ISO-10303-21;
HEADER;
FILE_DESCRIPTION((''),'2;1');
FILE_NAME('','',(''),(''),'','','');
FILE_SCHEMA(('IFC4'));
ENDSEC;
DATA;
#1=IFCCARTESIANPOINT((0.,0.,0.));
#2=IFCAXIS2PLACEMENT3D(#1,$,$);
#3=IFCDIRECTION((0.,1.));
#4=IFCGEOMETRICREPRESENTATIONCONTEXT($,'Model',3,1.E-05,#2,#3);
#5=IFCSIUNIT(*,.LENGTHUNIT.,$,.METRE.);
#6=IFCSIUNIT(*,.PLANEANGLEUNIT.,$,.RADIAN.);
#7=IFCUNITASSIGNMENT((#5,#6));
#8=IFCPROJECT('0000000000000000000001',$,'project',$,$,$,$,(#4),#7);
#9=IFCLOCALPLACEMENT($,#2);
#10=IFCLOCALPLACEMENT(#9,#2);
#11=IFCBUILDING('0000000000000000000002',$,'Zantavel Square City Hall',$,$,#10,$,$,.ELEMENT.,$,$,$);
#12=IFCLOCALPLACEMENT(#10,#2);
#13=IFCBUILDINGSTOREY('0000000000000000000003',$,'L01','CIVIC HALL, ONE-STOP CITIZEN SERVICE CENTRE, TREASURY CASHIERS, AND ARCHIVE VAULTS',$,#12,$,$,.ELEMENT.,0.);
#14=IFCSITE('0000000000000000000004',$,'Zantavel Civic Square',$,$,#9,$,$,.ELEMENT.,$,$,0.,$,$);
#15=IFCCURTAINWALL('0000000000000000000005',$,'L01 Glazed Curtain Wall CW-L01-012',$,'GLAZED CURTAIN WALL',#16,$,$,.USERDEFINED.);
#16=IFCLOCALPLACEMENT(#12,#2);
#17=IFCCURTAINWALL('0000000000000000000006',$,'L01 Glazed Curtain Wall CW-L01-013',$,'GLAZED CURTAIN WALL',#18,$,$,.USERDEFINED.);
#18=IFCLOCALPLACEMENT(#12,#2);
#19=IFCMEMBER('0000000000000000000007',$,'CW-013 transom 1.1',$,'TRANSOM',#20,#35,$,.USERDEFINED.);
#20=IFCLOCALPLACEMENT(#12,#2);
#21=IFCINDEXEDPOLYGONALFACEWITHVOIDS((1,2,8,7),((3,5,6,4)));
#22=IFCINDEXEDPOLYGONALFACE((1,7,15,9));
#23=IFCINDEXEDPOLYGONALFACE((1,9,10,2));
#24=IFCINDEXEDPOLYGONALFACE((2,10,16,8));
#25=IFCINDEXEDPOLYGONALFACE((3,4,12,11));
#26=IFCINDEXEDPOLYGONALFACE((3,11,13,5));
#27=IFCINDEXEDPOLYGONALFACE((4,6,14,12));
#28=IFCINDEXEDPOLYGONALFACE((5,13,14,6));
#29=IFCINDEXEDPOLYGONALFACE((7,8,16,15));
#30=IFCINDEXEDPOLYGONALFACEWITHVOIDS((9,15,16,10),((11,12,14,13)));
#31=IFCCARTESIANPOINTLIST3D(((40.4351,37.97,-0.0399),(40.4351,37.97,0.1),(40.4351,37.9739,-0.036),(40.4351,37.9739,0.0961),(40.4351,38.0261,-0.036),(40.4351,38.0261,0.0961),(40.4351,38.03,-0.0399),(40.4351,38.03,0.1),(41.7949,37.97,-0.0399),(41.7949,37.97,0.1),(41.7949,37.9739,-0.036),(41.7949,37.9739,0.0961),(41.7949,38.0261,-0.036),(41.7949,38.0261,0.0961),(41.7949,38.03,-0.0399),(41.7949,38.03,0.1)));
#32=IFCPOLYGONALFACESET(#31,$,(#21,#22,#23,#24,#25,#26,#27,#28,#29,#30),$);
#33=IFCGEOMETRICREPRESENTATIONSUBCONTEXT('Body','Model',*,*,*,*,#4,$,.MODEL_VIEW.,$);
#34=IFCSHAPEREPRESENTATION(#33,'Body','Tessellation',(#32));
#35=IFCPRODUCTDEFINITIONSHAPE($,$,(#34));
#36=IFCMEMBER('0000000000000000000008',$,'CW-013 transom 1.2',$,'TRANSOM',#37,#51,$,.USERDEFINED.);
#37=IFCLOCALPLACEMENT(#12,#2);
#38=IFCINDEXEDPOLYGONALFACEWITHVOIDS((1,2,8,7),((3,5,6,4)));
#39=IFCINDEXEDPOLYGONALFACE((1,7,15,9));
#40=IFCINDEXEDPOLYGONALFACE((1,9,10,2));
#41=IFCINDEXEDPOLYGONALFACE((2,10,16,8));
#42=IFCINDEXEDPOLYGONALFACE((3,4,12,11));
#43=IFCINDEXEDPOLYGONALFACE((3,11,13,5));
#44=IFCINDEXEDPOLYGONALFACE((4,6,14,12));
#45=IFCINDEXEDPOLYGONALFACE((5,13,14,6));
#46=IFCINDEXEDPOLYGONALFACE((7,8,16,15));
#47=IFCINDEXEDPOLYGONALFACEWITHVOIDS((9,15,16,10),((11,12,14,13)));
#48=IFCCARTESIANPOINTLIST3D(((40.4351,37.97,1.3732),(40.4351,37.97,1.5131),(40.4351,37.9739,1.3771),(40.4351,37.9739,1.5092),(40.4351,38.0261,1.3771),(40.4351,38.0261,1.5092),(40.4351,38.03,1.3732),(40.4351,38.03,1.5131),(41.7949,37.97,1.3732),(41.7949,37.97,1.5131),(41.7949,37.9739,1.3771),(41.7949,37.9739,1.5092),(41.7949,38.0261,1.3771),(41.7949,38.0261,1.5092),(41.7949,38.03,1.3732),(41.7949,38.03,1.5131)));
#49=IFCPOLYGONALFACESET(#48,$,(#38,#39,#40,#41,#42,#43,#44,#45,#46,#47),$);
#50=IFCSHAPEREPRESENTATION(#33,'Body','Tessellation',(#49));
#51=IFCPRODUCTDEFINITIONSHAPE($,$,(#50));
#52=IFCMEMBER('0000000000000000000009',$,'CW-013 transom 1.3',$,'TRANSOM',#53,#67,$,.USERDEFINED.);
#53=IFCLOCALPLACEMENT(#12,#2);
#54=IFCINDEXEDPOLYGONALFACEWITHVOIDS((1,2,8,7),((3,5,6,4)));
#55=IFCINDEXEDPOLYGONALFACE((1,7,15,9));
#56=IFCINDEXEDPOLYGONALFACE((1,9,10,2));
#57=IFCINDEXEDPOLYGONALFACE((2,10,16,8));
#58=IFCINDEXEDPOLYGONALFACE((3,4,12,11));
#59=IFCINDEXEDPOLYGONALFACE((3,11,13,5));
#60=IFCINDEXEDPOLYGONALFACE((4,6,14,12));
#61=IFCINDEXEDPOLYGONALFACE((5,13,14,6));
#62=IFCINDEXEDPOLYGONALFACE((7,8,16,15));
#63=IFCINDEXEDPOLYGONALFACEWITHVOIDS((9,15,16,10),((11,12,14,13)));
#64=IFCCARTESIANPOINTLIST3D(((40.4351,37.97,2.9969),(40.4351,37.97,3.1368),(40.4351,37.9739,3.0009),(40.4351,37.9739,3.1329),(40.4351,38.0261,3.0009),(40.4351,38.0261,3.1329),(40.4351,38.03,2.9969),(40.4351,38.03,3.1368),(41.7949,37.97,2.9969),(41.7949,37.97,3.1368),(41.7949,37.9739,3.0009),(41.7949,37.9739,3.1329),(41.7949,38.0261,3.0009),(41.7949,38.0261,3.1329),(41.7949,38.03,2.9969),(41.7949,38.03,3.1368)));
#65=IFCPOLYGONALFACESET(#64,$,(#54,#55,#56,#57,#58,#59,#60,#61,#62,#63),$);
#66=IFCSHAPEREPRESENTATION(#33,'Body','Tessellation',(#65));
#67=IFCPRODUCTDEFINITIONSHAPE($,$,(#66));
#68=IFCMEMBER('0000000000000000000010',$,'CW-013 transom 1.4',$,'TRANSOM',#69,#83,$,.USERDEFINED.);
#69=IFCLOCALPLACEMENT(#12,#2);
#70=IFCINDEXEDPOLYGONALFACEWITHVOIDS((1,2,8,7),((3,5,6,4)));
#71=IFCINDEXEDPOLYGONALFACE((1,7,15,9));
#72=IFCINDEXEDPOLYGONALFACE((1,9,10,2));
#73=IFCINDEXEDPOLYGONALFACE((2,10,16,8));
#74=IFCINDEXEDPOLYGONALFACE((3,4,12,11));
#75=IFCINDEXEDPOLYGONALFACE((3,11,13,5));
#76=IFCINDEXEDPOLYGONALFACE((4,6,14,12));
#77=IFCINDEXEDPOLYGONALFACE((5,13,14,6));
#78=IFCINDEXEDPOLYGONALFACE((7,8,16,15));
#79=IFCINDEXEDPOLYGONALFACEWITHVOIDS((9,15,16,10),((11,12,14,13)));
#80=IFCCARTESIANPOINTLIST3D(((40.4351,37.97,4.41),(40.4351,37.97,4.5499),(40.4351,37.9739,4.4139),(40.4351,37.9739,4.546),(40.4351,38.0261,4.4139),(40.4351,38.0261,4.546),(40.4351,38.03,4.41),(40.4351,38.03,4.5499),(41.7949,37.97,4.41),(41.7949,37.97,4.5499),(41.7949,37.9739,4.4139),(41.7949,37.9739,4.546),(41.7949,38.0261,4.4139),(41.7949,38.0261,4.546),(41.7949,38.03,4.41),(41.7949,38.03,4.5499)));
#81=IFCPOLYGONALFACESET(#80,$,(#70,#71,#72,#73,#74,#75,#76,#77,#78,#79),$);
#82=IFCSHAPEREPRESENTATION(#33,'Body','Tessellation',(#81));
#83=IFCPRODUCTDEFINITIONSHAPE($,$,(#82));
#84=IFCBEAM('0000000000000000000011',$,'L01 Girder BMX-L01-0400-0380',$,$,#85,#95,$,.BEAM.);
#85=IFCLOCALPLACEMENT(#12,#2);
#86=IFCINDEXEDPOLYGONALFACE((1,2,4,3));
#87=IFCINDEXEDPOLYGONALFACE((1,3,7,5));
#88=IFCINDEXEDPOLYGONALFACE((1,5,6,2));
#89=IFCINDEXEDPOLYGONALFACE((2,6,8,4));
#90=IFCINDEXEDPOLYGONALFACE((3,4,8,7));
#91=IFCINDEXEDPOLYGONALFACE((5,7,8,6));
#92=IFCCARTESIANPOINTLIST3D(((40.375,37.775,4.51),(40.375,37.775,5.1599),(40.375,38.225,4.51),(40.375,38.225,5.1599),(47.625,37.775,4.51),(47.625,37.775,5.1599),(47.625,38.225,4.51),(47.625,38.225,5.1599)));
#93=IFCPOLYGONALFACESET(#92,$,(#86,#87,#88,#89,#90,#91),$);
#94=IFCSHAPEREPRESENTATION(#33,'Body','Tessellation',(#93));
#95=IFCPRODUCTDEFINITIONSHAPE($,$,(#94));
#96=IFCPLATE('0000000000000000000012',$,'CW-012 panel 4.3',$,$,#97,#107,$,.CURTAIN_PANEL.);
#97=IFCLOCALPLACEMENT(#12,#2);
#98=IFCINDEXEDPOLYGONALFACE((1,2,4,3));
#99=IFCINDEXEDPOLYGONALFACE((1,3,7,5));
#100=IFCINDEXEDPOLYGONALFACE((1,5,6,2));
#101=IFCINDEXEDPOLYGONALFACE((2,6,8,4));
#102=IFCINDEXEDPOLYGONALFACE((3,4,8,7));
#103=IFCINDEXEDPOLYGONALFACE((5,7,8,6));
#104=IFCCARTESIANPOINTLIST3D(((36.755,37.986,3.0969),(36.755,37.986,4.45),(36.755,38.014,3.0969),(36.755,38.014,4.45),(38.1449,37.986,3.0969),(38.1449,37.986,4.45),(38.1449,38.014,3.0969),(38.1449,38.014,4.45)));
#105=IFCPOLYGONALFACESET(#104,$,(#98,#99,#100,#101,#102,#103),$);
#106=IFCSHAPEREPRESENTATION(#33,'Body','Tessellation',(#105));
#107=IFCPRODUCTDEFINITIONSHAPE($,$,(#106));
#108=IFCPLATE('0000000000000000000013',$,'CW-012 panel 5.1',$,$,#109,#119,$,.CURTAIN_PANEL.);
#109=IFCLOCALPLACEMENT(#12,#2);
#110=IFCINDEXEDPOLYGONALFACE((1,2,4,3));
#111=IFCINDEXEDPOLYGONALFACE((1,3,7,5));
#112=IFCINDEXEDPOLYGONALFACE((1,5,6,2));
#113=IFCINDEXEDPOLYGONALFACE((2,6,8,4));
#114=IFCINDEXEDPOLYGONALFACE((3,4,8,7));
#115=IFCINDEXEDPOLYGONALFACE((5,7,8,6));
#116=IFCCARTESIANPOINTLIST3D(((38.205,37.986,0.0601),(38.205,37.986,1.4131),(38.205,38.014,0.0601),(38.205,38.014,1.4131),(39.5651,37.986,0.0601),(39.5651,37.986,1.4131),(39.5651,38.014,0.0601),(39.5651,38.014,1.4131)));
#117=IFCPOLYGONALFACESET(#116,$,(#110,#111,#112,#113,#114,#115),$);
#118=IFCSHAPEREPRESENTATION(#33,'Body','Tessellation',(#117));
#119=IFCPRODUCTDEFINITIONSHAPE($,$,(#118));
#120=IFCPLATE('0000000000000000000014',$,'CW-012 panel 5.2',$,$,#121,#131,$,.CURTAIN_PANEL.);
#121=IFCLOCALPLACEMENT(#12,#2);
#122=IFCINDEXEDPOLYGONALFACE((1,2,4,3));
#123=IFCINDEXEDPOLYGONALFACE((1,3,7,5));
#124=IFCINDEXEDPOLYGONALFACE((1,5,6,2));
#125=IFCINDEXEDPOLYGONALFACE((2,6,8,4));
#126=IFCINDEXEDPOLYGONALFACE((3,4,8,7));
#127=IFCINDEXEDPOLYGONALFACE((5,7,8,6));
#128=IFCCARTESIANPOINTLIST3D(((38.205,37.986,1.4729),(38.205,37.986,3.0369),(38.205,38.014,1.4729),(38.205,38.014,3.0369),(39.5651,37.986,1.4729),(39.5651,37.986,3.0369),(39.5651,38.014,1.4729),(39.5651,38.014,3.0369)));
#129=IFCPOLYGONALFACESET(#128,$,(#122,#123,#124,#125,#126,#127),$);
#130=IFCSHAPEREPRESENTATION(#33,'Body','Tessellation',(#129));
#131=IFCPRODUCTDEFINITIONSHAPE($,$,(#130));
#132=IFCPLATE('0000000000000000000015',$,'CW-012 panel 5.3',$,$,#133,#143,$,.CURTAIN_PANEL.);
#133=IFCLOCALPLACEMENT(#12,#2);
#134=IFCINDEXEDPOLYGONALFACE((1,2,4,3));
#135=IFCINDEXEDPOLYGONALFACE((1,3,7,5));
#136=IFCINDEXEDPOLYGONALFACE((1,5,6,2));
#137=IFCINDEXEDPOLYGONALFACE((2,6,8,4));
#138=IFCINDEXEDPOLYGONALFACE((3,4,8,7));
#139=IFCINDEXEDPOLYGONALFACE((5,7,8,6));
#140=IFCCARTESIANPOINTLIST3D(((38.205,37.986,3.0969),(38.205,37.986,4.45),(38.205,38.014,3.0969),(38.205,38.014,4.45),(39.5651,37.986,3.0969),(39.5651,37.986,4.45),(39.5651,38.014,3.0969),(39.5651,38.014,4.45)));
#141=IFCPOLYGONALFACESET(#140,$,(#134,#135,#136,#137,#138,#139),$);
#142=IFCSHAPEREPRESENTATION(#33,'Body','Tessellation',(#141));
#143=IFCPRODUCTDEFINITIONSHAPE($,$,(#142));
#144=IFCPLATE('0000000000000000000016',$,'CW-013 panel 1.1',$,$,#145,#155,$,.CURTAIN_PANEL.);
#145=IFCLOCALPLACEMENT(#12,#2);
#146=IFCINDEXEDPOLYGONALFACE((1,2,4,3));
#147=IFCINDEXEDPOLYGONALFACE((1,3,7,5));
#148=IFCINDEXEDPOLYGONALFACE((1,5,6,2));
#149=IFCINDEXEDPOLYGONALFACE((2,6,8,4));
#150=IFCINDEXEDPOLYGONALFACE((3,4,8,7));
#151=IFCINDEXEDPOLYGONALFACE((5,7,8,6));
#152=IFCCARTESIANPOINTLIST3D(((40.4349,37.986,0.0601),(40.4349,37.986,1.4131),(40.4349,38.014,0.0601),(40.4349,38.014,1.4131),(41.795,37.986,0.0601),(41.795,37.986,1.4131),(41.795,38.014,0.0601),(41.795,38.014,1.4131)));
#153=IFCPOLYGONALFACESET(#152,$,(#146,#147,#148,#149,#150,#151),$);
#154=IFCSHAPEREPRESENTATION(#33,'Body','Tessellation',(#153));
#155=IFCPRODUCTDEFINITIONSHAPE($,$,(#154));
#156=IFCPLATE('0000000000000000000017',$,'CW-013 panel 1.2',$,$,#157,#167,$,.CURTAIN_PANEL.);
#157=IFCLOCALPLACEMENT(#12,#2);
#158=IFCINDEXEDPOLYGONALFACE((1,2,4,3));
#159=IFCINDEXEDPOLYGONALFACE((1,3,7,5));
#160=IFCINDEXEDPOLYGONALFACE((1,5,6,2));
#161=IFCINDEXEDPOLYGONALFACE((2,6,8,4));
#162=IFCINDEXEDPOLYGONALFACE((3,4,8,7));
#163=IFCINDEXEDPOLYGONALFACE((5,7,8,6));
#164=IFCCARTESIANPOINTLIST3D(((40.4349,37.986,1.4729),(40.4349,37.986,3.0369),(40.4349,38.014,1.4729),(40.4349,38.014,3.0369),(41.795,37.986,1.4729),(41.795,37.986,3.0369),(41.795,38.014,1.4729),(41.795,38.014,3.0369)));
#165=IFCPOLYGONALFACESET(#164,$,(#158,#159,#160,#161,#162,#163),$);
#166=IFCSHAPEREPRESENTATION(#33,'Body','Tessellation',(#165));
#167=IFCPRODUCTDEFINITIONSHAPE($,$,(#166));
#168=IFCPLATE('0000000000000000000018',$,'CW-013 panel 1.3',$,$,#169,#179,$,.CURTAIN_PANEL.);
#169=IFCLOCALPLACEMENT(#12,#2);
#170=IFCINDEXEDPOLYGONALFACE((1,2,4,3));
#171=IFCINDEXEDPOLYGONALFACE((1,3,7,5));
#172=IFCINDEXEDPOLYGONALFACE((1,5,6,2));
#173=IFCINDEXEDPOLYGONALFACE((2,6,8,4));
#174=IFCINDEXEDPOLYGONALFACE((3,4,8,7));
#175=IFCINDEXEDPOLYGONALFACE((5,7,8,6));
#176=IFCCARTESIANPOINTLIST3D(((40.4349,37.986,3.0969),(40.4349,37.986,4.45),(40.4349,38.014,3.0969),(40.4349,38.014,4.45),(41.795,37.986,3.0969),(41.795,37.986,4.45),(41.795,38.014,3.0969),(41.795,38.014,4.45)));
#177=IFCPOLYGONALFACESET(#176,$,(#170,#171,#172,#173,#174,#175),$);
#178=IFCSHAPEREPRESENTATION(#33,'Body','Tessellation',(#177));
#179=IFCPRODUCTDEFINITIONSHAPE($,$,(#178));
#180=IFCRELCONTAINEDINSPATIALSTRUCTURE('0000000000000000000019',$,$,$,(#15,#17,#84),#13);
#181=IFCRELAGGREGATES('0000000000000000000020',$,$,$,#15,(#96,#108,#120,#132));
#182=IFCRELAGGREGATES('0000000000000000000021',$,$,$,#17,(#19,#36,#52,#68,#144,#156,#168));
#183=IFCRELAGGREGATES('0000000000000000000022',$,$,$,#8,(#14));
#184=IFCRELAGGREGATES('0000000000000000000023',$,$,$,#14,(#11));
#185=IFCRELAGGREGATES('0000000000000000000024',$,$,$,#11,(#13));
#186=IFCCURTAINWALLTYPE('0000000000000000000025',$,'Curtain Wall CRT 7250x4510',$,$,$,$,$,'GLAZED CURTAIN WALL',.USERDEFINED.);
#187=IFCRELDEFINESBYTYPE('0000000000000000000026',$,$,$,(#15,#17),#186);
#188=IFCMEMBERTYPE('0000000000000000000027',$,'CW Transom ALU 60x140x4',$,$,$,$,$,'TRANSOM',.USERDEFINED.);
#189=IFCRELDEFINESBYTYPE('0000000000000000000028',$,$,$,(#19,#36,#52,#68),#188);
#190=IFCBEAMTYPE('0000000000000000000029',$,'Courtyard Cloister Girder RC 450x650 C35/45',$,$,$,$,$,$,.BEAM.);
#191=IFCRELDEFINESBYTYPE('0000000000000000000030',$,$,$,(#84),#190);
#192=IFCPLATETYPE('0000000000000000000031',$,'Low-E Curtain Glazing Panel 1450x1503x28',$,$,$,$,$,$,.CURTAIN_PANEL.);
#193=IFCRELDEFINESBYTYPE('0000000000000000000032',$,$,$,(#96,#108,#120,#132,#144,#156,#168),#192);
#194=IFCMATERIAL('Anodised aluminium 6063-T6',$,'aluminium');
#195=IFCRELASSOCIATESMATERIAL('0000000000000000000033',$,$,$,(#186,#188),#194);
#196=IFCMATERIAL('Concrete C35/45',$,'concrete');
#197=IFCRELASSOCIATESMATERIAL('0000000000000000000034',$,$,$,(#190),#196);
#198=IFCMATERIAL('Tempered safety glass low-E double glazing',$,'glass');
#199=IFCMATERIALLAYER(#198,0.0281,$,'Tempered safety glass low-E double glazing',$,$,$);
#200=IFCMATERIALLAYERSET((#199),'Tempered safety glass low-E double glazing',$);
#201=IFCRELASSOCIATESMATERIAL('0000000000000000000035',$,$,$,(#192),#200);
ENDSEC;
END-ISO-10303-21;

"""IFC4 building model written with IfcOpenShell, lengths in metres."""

from ifc_helpers import new_model, si_unit, direction, frame, origin, origin_2d, place, context, subcontext, project, spatial, rectangle, hollow_rectangle, extrude, material, layer, layer_set, material_profile, profile_set, type_object, element, aggregate, save


model = new_model("IFC4")

# Units and contexts
model_context = context("Model", 3, precision=1e-05, world=origin(), true_north=direction((0.0, 1.0)))
body_context = subcontext(model_context, "Body", "Model", "MODEL_VIEW")
ifc_project = project(units=[si_unit("LENGTHUNIT", "METRE"), si_unit("PLANEANGLEUNIT", "RADIAN")], contexts=[model_context])

# Site, building, storey
site_placement = place(None, origin())
site = spatial("IfcSite", under=ifc_project, at=site_placement, Name="Zantavel Civic Square", CompositionType="ELEMENT", RefElevation=0.0)
building_placement = place(site_placement, origin())
building = spatial("IfcBuilding", under=site, at=building_placement, Name="Zantavel Square City Hall", CompositionType="ELEMENT")
storey_placement = place(building_placement, origin())
storey = spatial("IfcBuildingStorey", under=building, at=storey_placement, Name="L01", Description="CIVIC HALL, ONE-STOP CITIZEN SERVICE CENTRE, TREASURY CASHIERS, AND ARCHIVE VAULTS", CompositionType="ELEMENT", Elevation=0.0)

# Curtain walls
ifc_material_1 = material(Name="Anodised aluminium 6063-T6", Category="aluminium")
curtain_wall_type = type_object("IfcCurtainWallType", Name="Curtain Wall CRT 7250x4510", ElementType="GLAZED CURTAIN WALL", PredefinedType="USERDEFINED", material=ifc_material_1)
curtain_wall_1_placement = place(storey_placement, origin())
curtain_wall_1 = element("IfcCurtainWall", 1, at=curtain_wall_1_placement, inside=storey, type_object=curtain_wall_type, Name="L01 Glazed Curtain Wall CW-L01-012", ObjectType="GLAZED CURTAIN WALL", PredefinedType="USERDEFINED")
curtain_wall_2_placement = place(storey_placement, origin())
curtain_wall_2 = element("IfcCurtainWall", 2, at=curtain_wall_2_placement, inside=storey, type_object=curtain_wall_type, Name="L01 Glazed Curtain Wall CW-L01-013", ObjectType="GLAZED CURTAIN WALL", PredefinedType="USERDEFINED")

# Members
ifc_material_profile_1 = material_profile(ifc_material_1, hollow_rectangle(XDim=0.0601, YDim=0.1399, WallThickness=0.0039, at=origin_2d()), Name="ALU 60x140x4")
ifc_profile_set_1 = profile_set([ifc_material_profile_1], Name="Anodised aluminium 6063-T6")
member_type_1 = type_object("IfcMemberType", Name="CW Transom ALU 60x140x4", ElementType="TRANSOM", PredefinedType="USERDEFINED", material=ifc_profile_set_1)
member_1_placement = place(storey_placement, frame((40.4351, 38.0, 0.03), z_axis=(1.0, 0.0, 0.0), x_axis=(0.0, 1.0, 0.0)))
member_1 = element("IfcMember", 3, at=member_1_placement, type_object=member_type_1, Name="CW-013 transom 1.1", ObjectType="TRANSOM", PredefinedType="USERDEFINED", context=body_context, shape_type="SweptSolid", body=[
    extrude(hollow_rectangle(XDim=0.0601, YDim=0.1399, WallThickness=0.0039, at=origin_2d()), origin(), (0.0, 0.0, 1.0), 1.3599),
])
member_2_placement = place(storey_placement, frame((40.4351, 38.0, 1.4431), z_axis=(1.0, 0.0, 0.0), x_axis=(0.0, 1.0, 0.0)))
member_2 = element("IfcMember", 4, at=member_2_placement, type_object=member_type_1, Name="CW-013 transom 1.2", ObjectType="TRANSOM", PredefinedType="USERDEFINED", context=body_context, shape_type="SweptSolid", body=[
    extrude(hollow_rectangle(XDim=0.0601, YDim=0.1399, WallThickness=0.0039, at=origin_2d()), origin(), (0.0, 0.0, 1.0), 1.3599),
])
member_3_placement = place(storey_placement, frame((40.4351, 38.0, 3.0669), z_axis=(1.0, 0.0, 0.0), x_axis=(0.0, 1.0, 0.0)))
member_3 = element("IfcMember", 5, at=member_3_placement, type_object=member_type_1, Name="CW-013 transom 1.3", ObjectType="TRANSOM", PredefinedType="USERDEFINED", context=body_context, shape_type="SweptSolid", body=[
    extrude(hollow_rectangle(XDim=0.0601, YDim=0.1399, WallThickness=0.0039, at=origin_2d()), origin(), (0.0, 0.0, 1.0), 1.3599),
])
member_4_placement = place(storey_placement, frame((40.4351, 38.0, 4.48), z_axis=(1.0, 0.0, 0.0), x_axis=(0.0, 1.0, 0.0)))
member_4 = element("IfcMember", 6, at=member_4_placement, type_object=member_type_1, Name="CW-013 transom 1.4", ObjectType="TRANSOM", PredefinedType="USERDEFINED", context=body_context, shape_type="SweptSolid", body=[
    extrude(hollow_rectangle(XDim=0.0601, YDim=0.1399, WallThickness=0.0039, at=origin_2d()), origin(), (0.0, 0.0, 1.0), 1.3599),
])

# Beam
ifc_material_2 = material(Name="Concrete C35/45", Category="concrete")
ifc_material_profile_2 = material_profile(ifc_material_2, rectangle(XDim=0.45, YDim=0.6499, at=origin_2d()), Name="RC 450x650")
ifc_profile_set_2 = profile_set([ifc_material_profile_2], Name="Concrete C35/45")
beam_type = type_object("IfcBeamType", Name="Courtyard Cloister Girder RC 450x650 C35/45", PredefinedType="BEAM", material=ifc_profile_set_2)
beam_placement = place(storey_placement, frame((40.375, 38.0, 4.835), z_axis=(1.0, 0.0, 0.0), x_axis=(0.0, 1.0, 0.0)))
element("IfcBeam", 7, at=beam_placement, inside=storey, type_object=beam_type, Name="L01 Girder BMX-L01-0400-0380", PredefinedType="BEAM", context=body_context, shape_type="SweptSolid", body=[
    extrude(rectangle(XDim=0.45, YDim=0.6499, at=origin_2d()), origin(), (0.0, 0.0, 1.0), 7.25),
])

# Plates
ifc_material_3 = material(Name="Tempered safety glass low-E double glazing", Category="glass")
ifc_layer = layer(ifc_material_3, 0.0281, Name="Tempered safety glass low-E double glazing")
ifc_layer_set = layer_set([ifc_layer], Name="Tempered safety glass low-E double glazing")
plate_type = type_object("IfcPlateType", Name="Low-E Curtain Glazing Panel 1450x1503x28", PredefinedType="CURTAIN_PANEL", material=ifc_layer_set)
plate_1_placement = place(storey_placement, frame((37.45, 38.0, 3.0969), z_axis=(0.0, 0.0, 1.0), x_axis=(1.0, 0.0, 0.0)))
plate_1 = element("IfcPlate", 8, at=plate_1_placement, type_object=plate_type, Name="CW-012 panel 4.3", PredefinedType="CURTAIN_PANEL", context=body_context, shape_type="SweptSolid", body=[
    extrude(rectangle(XDim=1.3899, YDim=0.0281, at=origin_2d()), origin(), (0.0, 0.0, 1.0), 1.353),
])
plate_2_placement = place(storey_placement, frame((38.885, 38.0, 0.0601), z_axis=(0.0, 0.0, 1.0), x_axis=(1.0, 0.0, 0.0)))
plate_2 = element("IfcPlate", 9, at=plate_2_placement, type_object=plate_type, Name="CW-012 panel 5.1", PredefinedType="CURTAIN_PANEL", context=body_context, shape_type="SweptSolid", body=[
    extrude(rectangle(XDim=1.3601, YDim=0.0281, at=origin_2d()), origin(), (0.0, 0.0, 1.0), 1.353),
])
plate_3_placement = place(storey_placement, frame((38.885, 38.0, 1.4729), z_axis=(0.0, 0.0, 1.0), x_axis=(1.0, 0.0, 0.0)))
plate_3 = element("IfcPlate", 10, at=plate_3_placement, type_object=plate_type, Name="CW-012 panel 5.2", PredefinedType="CURTAIN_PANEL", context=body_context, shape_type="SweptSolid", body=[
    extrude(rectangle(XDim=1.3601, YDim=0.0281, at=origin_2d()), origin(), (0.0, 0.0, 1.0), 1.564),
])
plate_4_placement = place(storey_placement, frame((38.885, 38.0, 3.0969), z_axis=(0.0, 0.0, 1.0), x_axis=(1.0, 0.0, 0.0)))
plate_4 = element("IfcPlate", 11, at=plate_4_placement, type_object=plate_type, Name="CW-012 panel 5.3", PredefinedType="CURTAIN_PANEL", context=body_context, shape_type="SweptSolid", body=[
    extrude(rectangle(XDim=1.3601, YDim=0.0281, at=origin_2d()), origin(), (0.0, 0.0, 1.0), 1.353),
])
aggregate(curtain_wall_1, [plate_1, plate_2, plate_3, plate_4])
plate_5_placement = place(storey_placement, frame((41.115, 38.0, 0.0601), z_axis=(0.0, 0.0, 1.0), x_axis=(1.0, 0.0, 0.0)))
plate_5 = element("IfcPlate", 12, at=plate_5_placement, type_object=plate_type, Name="CW-013 panel 1.1", PredefinedType="CURTAIN_PANEL", context=body_context, shape_type="SweptSolid", body=[
    extrude(rectangle(XDim=1.3601, YDim=0.0281, at=origin_2d()), origin(), (0.0, 0.0, 1.0), 1.353),
])
plate_6_placement = place(storey_placement, frame((41.115, 38.0, 1.4729), z_axis=(0.0, 0.0, 1.0), x_axis=(1.0, 0.0, 0.0)))
plate_6 = element("IfcPlate", 13, at=plate_6_placement, type_object=plate_type, Name="CW-013 panel 1.2", PredefinedType="CURTAIN_PANEL", context=body_context, shape_type="SweptSolid", body=[
    extrude(rectangle(XDim=1.3601, YDim=0.0281, at=origin_2d()), origin(), (0.0, 0.0, 1.0), 1.564),
])
plate_7_placement = place(storey_placement, frame((41.115, 38.0, 3.0969), z_axis=(0.0, 0.0, 1.0), x_axis=(1.0, 0.0, 0.0)))
plate_7 = element("IfcPlate", 14, at=plate_7_placement, type_object=plate_type, Name="CW-013 panel 1.3", PredefinedType="CURTAIN_PANEL", context=body_context, shape_type="SweptSolid", body=[
    extrude(rectangle(XDim=1.3601, YDim=0.0281, at=origin_2d()), origin(), (0.0, 0.0, 1.0), 1.353),
])
aggregate(curtain_wall_2, [member_1, member_2, member_3, member_4, plate_5, plate_6, plate_7])

save(model, "model.ifc")
